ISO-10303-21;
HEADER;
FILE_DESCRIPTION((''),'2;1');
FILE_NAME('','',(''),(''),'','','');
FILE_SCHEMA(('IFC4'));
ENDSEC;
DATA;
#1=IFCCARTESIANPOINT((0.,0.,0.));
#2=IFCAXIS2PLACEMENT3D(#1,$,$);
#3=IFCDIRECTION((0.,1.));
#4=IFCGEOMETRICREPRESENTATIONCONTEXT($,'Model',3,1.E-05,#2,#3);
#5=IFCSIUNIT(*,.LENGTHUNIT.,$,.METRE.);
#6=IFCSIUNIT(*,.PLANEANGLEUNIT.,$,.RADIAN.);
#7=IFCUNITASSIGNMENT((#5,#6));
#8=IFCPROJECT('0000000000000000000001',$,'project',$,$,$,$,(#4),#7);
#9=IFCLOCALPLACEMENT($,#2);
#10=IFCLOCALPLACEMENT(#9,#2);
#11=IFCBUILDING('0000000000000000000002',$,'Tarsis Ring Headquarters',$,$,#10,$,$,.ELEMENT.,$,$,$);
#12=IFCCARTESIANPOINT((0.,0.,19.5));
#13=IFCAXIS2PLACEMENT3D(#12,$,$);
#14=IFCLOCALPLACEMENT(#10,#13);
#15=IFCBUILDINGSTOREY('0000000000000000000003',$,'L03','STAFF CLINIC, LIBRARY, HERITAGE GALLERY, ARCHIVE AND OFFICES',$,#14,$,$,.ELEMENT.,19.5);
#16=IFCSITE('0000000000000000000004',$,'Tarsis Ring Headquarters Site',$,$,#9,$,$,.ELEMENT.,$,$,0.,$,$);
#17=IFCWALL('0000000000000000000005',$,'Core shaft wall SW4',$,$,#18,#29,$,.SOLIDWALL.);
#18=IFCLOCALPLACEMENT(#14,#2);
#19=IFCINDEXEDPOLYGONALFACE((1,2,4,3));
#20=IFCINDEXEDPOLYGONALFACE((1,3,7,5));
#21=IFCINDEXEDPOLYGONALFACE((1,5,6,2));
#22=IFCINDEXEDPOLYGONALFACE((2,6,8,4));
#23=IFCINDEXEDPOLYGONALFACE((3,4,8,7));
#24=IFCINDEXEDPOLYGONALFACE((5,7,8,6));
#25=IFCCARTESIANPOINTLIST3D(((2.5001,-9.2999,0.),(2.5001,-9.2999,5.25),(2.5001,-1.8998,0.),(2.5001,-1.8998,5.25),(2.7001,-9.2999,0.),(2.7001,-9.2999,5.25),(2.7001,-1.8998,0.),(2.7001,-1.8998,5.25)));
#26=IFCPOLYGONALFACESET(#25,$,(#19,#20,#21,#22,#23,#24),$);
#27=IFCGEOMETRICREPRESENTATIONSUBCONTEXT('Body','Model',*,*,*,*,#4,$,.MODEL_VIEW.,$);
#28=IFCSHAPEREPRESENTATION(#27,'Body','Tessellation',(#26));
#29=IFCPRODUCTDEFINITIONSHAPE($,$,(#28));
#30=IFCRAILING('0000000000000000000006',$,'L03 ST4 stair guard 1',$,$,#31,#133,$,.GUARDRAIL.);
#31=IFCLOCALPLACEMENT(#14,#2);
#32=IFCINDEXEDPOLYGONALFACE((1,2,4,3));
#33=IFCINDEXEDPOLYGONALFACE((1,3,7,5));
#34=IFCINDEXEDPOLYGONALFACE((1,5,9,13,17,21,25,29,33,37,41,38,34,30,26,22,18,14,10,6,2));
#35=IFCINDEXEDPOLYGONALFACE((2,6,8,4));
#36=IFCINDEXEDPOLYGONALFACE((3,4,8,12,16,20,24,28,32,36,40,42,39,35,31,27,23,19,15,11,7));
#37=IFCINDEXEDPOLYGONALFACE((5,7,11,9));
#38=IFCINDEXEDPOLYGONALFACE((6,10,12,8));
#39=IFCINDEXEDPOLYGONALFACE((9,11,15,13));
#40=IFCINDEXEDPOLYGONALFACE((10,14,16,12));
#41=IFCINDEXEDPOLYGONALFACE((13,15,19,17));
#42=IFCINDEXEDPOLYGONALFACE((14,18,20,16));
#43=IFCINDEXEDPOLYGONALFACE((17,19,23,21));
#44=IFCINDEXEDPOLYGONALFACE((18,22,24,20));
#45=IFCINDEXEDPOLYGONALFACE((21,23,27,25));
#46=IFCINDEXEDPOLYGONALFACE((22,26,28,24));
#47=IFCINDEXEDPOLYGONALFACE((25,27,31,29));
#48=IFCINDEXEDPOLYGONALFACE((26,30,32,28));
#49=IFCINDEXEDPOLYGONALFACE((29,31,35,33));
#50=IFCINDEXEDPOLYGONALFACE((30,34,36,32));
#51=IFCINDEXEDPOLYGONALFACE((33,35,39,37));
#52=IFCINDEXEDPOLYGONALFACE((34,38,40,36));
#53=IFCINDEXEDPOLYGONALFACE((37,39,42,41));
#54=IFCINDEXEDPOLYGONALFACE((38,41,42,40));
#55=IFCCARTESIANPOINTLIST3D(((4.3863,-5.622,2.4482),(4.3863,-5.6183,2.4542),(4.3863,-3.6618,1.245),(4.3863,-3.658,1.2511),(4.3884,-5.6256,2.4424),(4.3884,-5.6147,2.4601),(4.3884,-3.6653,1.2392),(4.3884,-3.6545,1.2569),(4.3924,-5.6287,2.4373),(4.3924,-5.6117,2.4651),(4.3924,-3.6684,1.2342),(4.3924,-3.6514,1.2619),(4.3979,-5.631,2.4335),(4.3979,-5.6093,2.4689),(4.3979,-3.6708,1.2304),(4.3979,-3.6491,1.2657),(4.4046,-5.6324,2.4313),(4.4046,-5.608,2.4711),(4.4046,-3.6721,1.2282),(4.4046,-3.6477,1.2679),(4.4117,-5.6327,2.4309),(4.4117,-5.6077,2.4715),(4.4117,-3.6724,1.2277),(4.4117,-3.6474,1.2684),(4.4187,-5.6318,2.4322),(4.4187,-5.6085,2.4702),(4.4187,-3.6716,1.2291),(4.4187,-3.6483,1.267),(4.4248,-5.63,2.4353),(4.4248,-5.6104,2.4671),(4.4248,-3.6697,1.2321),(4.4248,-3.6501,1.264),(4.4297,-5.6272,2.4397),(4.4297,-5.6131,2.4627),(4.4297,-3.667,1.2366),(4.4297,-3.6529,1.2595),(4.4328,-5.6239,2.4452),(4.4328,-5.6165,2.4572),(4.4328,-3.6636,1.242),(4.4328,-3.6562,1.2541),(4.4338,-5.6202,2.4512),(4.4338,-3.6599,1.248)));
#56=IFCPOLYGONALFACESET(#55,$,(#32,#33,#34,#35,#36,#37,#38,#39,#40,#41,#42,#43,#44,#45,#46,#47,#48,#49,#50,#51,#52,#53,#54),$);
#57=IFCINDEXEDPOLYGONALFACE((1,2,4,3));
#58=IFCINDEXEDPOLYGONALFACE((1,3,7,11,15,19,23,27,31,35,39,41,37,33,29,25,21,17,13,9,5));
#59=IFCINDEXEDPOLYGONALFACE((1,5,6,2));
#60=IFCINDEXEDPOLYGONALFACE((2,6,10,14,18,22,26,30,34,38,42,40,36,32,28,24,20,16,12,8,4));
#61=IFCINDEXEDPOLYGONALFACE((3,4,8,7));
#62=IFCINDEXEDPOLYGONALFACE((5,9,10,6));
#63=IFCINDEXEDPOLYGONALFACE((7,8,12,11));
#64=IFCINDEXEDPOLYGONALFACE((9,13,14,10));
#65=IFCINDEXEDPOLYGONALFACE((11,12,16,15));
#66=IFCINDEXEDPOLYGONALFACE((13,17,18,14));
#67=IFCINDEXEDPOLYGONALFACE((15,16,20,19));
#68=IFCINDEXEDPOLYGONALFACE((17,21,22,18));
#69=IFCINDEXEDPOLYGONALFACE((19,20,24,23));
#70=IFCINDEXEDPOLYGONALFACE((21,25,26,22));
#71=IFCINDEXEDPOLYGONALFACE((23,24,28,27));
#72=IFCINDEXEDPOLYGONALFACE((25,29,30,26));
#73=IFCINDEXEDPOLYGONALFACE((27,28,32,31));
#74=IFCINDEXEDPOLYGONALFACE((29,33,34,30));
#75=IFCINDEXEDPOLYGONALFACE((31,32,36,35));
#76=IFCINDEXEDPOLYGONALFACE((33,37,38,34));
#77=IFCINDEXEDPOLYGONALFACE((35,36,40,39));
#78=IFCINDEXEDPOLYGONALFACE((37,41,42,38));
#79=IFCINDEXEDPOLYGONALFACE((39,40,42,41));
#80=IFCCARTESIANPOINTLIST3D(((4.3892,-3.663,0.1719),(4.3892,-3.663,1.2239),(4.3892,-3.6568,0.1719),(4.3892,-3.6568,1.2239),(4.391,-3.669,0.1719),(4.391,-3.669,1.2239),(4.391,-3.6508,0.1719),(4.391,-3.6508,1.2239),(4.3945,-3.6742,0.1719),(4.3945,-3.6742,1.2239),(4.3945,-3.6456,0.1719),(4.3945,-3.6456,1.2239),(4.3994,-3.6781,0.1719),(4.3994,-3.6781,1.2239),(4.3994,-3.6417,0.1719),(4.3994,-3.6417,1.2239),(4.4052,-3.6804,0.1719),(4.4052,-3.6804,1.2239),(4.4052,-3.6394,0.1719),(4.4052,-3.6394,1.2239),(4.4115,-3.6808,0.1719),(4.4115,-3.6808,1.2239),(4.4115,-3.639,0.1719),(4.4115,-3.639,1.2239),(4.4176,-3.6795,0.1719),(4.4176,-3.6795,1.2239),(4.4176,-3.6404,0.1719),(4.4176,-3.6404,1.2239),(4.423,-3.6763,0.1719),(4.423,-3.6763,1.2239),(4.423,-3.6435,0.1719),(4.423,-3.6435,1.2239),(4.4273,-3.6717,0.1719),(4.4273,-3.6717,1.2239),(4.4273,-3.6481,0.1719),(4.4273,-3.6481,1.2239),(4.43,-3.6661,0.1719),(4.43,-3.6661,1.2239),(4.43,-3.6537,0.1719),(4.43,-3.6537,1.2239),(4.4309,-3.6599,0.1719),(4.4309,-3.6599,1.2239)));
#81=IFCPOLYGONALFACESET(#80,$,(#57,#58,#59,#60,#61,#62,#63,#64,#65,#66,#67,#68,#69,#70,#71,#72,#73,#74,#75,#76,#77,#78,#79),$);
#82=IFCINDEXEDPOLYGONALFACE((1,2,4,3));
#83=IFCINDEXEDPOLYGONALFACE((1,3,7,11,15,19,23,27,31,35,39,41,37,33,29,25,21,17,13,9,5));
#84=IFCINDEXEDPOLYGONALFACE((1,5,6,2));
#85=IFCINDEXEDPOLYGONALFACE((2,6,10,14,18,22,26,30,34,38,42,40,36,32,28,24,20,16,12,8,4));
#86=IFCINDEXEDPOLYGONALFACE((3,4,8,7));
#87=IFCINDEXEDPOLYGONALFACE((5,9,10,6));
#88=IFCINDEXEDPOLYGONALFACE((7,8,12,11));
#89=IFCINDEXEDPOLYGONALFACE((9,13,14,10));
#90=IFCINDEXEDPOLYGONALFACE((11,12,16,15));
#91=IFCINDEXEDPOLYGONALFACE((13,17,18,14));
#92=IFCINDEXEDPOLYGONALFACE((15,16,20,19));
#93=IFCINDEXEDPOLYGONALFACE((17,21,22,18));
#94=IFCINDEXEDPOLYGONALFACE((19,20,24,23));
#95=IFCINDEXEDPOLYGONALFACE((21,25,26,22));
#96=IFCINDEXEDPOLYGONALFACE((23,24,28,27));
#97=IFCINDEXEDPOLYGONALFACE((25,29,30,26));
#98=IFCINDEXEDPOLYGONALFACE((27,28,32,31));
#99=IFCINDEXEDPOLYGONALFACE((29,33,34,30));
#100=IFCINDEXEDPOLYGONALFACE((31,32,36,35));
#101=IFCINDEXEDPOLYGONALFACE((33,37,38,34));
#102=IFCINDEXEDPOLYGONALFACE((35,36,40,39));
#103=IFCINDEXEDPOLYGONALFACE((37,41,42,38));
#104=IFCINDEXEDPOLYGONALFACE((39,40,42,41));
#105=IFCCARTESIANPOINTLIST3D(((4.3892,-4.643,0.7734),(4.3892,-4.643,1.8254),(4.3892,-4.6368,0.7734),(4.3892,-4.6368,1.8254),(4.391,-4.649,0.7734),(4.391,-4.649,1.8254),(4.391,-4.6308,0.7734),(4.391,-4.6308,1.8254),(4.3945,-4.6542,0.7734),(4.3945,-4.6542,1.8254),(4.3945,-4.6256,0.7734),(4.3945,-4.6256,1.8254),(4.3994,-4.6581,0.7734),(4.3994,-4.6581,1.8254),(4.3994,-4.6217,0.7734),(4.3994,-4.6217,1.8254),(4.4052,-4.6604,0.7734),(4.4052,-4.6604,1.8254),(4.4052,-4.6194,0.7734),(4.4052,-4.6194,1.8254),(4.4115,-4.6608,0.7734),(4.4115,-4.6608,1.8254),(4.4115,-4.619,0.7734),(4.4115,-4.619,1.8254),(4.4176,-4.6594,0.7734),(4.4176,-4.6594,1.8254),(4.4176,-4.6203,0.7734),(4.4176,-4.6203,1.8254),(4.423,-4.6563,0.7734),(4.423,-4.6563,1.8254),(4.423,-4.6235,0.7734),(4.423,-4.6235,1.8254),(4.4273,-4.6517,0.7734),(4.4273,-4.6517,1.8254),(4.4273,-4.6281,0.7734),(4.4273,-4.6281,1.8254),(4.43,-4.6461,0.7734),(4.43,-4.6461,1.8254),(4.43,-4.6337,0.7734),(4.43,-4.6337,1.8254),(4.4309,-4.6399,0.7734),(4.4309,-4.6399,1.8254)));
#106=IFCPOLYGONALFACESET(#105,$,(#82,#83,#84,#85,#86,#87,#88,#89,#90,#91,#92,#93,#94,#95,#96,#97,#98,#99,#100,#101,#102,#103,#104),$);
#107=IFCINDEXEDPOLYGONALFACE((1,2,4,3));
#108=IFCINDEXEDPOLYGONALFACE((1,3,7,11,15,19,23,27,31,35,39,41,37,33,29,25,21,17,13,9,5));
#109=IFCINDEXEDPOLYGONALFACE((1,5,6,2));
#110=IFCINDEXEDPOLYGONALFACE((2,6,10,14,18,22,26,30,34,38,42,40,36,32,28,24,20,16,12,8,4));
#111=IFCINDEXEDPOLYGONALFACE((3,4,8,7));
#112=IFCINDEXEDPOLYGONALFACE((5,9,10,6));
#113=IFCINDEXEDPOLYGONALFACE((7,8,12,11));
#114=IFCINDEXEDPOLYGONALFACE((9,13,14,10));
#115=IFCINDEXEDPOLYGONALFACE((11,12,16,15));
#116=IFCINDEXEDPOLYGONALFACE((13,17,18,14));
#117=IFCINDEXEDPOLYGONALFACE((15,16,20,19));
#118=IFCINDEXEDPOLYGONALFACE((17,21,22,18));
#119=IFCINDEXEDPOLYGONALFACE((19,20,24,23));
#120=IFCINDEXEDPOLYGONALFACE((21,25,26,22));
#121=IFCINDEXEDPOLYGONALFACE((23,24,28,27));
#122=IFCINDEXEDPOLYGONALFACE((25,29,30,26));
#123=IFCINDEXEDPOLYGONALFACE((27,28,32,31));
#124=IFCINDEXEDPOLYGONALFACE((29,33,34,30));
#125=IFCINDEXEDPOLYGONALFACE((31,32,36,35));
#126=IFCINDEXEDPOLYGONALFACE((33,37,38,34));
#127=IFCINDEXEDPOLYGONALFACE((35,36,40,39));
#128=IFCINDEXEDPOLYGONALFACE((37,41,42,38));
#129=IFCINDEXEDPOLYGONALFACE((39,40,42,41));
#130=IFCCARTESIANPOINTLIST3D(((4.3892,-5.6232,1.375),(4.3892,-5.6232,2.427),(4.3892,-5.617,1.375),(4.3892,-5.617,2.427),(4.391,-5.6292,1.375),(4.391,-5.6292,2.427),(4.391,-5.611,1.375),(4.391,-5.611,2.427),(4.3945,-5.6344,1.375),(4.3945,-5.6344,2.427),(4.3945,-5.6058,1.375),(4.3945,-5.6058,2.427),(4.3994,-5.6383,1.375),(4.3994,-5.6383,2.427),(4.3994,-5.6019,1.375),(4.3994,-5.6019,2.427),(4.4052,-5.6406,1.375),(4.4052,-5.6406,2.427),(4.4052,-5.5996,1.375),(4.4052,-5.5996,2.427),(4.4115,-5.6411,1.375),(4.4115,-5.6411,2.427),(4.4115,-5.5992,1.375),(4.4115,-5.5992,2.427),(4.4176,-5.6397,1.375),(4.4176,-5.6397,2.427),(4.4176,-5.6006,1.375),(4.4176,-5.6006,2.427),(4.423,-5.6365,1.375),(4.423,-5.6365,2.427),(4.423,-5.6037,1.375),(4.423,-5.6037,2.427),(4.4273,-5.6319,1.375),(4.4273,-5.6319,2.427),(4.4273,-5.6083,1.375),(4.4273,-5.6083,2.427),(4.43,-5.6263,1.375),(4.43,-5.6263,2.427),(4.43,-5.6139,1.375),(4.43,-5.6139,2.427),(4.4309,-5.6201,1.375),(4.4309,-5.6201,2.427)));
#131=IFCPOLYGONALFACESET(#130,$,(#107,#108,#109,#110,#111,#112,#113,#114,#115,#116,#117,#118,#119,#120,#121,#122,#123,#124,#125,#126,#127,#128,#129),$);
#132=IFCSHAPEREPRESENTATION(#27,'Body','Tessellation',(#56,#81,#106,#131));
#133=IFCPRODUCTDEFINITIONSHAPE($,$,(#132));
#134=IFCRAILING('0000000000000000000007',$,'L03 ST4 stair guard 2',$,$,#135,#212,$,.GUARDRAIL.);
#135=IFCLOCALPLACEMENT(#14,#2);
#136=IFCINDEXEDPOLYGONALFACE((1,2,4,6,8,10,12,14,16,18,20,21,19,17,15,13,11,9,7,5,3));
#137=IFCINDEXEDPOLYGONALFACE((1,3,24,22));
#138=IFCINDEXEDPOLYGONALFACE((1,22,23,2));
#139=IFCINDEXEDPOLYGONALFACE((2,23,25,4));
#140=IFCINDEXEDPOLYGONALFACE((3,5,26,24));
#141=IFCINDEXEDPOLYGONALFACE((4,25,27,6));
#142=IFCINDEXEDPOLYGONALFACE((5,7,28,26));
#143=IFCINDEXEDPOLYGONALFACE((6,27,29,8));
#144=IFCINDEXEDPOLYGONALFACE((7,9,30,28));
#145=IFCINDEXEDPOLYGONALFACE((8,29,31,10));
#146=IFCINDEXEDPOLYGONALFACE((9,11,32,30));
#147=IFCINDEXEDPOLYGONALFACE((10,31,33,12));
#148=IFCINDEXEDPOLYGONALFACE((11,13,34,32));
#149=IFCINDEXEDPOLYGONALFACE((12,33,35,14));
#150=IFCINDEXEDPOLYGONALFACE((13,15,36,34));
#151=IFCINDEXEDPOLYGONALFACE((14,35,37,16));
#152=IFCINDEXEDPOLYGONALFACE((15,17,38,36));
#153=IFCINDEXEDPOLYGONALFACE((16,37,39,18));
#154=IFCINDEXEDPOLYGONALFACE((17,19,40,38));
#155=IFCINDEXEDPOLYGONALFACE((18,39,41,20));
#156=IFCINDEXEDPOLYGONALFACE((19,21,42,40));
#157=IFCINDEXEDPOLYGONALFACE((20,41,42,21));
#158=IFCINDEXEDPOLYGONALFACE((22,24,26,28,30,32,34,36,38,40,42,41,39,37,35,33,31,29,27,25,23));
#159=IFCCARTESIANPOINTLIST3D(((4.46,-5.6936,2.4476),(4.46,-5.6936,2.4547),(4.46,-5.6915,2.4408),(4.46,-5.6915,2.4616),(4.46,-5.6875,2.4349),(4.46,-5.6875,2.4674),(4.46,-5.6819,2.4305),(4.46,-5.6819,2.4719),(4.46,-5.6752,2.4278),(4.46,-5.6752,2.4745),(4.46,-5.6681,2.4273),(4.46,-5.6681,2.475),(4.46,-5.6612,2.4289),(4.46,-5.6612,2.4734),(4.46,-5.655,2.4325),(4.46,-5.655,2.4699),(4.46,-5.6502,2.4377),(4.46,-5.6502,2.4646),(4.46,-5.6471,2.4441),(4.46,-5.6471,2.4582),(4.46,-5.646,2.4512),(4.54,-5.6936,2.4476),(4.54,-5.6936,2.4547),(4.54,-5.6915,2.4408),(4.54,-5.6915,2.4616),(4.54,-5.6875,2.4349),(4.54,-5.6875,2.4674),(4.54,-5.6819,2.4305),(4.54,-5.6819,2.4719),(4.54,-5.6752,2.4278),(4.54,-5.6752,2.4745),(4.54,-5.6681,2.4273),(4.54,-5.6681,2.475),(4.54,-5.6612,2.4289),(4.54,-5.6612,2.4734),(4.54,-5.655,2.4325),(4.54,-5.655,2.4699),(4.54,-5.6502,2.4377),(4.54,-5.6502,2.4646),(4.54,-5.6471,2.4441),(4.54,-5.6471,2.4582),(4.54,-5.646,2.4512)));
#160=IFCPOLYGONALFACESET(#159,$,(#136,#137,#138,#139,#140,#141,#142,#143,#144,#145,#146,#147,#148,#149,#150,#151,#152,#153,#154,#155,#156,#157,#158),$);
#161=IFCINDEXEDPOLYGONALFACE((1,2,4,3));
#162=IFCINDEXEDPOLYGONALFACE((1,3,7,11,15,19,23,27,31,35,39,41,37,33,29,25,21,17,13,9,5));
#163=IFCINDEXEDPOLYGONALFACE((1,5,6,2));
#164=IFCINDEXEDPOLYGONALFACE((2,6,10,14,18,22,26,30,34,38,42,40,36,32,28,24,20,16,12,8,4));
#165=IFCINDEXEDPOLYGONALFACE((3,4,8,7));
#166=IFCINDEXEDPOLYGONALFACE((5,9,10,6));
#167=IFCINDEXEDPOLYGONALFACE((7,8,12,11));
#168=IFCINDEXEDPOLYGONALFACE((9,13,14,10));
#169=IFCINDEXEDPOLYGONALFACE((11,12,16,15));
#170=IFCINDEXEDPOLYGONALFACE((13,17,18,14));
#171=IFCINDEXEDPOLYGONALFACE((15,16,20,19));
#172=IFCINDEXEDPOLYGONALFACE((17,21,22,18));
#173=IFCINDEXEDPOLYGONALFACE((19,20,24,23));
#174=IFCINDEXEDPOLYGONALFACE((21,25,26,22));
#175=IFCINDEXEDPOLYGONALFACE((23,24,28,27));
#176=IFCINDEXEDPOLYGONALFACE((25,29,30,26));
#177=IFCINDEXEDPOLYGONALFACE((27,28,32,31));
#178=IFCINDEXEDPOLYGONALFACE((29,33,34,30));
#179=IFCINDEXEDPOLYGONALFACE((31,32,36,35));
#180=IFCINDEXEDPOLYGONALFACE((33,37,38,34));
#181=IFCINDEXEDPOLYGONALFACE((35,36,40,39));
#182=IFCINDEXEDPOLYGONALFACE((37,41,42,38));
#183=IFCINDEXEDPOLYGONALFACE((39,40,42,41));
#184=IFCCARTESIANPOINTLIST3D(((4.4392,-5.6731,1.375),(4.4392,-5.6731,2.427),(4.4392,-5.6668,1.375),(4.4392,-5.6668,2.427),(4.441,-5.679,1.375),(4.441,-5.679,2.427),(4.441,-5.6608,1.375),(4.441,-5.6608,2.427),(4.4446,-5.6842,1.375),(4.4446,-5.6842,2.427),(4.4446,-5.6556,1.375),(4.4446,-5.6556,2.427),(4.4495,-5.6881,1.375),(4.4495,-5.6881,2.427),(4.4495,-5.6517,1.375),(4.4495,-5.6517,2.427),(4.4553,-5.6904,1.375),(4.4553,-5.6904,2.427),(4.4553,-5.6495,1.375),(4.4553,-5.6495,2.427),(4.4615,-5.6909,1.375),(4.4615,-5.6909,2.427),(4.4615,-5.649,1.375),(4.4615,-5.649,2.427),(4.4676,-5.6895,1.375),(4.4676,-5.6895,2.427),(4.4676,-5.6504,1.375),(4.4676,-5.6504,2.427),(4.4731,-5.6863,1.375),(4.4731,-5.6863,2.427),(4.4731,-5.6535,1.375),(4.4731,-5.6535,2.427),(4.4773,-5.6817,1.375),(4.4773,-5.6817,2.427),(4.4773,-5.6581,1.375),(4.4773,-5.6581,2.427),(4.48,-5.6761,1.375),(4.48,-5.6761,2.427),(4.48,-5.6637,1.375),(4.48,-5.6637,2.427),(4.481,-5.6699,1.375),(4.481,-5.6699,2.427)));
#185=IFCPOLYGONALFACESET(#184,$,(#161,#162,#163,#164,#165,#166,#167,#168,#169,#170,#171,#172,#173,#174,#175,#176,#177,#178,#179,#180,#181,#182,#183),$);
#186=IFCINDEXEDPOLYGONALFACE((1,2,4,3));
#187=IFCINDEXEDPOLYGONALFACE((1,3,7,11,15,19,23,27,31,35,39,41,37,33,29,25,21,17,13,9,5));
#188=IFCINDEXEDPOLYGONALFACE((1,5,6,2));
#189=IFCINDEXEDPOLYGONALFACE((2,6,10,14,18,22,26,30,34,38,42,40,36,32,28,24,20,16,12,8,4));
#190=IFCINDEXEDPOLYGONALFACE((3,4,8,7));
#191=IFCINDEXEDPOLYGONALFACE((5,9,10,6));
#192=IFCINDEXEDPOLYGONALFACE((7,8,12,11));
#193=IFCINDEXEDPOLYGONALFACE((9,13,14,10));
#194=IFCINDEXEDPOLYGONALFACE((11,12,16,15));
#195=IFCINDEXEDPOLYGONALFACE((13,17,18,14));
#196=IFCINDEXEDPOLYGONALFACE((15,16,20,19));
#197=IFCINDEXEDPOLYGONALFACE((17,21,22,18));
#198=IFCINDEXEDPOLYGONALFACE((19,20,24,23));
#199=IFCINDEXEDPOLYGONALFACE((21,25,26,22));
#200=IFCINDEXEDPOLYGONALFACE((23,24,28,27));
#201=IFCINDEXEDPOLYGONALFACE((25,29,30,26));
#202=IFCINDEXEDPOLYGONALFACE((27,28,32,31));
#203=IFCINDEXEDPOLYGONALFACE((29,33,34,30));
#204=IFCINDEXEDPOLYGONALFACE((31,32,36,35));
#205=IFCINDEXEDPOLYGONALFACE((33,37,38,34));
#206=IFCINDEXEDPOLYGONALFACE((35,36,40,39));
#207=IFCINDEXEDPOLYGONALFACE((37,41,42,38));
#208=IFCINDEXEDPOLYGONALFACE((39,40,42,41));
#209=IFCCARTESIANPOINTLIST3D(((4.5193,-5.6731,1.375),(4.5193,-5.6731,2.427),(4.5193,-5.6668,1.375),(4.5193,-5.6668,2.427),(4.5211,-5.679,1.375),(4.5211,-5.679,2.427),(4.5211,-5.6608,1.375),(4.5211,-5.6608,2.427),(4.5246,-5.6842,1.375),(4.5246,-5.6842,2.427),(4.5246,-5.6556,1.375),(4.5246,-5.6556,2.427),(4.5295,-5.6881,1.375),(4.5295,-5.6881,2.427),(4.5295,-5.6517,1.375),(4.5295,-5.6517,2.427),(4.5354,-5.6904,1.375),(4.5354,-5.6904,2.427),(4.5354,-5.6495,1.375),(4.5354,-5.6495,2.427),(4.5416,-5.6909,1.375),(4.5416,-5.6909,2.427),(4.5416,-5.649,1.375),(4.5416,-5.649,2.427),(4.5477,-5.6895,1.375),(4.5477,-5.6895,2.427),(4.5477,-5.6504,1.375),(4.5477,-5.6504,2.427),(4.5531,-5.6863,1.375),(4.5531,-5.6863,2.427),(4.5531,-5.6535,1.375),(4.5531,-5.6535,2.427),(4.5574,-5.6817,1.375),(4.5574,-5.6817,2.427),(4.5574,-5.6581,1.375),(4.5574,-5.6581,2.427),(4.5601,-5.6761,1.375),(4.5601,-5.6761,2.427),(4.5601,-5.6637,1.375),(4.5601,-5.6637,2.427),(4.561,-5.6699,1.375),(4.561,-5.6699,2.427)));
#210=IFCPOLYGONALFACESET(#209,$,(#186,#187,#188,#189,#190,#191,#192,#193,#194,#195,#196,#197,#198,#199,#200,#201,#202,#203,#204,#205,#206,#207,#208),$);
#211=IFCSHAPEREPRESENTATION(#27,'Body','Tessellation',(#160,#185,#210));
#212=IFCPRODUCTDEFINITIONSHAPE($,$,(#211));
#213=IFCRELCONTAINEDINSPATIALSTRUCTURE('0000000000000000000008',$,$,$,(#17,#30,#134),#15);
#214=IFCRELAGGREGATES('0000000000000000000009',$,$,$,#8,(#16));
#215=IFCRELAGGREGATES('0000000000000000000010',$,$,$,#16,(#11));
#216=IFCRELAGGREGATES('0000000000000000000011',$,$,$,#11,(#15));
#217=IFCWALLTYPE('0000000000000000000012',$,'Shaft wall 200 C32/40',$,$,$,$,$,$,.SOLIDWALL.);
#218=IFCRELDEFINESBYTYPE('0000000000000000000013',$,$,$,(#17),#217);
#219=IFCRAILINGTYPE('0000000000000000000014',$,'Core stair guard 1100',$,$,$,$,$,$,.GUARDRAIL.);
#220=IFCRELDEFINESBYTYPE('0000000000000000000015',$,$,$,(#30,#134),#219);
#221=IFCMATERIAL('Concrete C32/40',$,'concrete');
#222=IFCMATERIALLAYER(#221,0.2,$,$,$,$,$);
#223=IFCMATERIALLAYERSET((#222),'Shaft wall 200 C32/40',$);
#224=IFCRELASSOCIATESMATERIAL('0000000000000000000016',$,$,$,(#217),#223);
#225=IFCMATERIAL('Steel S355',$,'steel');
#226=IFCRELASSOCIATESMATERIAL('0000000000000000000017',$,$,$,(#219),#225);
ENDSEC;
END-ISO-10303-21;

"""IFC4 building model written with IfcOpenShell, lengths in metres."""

from ifc_helpers import new_model, si_unit, direction, frame, frame_2d, origin, origin_2d, place, context, subcontext, project, spatial, rectangle, circle, extrude, material, layer, layer_set, type_object, element, save


model = new_model("IFC4")

# Units and contexts
model_context = context("Model", 3, precision=1e-05, world=origin(), true_north=direction((0.0, 1.0)))
body_context = subcontext(model_context, "Body", "Model", "MODEL_VIEW")
ifc_project = project(units=[si_unit("LENGTHUNIT", "METRE"), si_unit("PLANEANGLEUNIT", "RADIAN")], contexts=[model_context])

# Site, building, storey
site_placement = place(None, origin())
site = spatial("IfcSite", under=ifc_project, at=site_placement, Name="Tarsis Ring Headquarters Site", CompositionType="ELEMENT", RefElevation=0.0)
building_placement = place(site_placement, origin())
building = spatial("IfcBuilding", under=site, at=building_placement, Name="Tarsis Ring Headquarters", CompositionType="ELEMENT")
storey_placement = place(building_placement, frame((0.0, 0.0, 19.5)))
storey = spatial("IfcBuildingStorey", under=building, at=storey_placement, Name="L03", Description="STAFF CLINIC, LIBRARY, HERITAGE GALLERY, ARCHIVE AND OFFICES", CompositionType="ELEMENT", Elevation=19.5)

# Wall
ifc_material_1 = material(Name="Concrete C32/40", Category="concrete")
ifc_layer_1 = layer(ifc_material_1, 0.2)
ifc_layer_set_1 = layer_set([ifc_layer_1], Name="Shaft wall 200 C32/40")
wall_type_1 = type_object("IfcWallType", Name="Shaft wall 200 C32/40", PredefinedType="SOLIDWALL", material=ifc_layer_set_1)
wall_1_placement = place(storey_placement, frame((2.6001, -9.3, 0.0), z_axis=(0.0, 0.0, 1.0), x_axis=(0.0, 1.0, 0.0)))
element("IfcWall", 1, at=wall_1_placement, inside=storey, type_object=wall_type_1, Name="Core shaft wall SW4", PredefinedType="SOLIDWALL", context=body_context, shape_type="SweptSolid", body=[
    extrude(rectangle(XDim=7.4001, YDim=0.2, at=frame_2d((3.7002, 0.0))), origin(), (0.0, 0.0, 1.0), 5.25),
])

# Railings
ifc_material_2 = material(Name="Steel S355", Category="steel")
railing_type_1 = type_object("IfcRailingType", Name="Core stair guard 1100", PredefinedType="GUARDRAIL", material=ifc_material_2)
railing_1_placement = place(storey_placement, frame((4.4099, -3.6599, 0.1719)))
element("IfcRailing", 2, at=railing_1_placement, inside=storey, type_object=railing_type_1, Name="L03 ST4 stair guard 1", PredefinedType="GUARDRAIL", context=body_context, shape_type="SweptSolid", body=[
    extrude(circle(Radius=0.0239, at=origin_2d()), frame((0.0, 0.0, 1.0762), z_axis=(0.0, -0.85227, 0.523102), x_axis=(1.0, 0.0, 0.0)), (0.0, 0.0, 1.0), 2.3),
    extrude(circle(Radius=0.021, at=origin_2d()), origin(), (0.0, 0.0, 1.0), 1.052),
    extrude(circle(Radius=0.021, at=origin_2d()), frame((0.0, -0.98, 0.6016)), (0.0, 0.0, 1.0), 1.052),
    extrude(circle(Radius=0.021, at=origin_2d()), frame((0.0, -1.9602, 1.2031)), (0.0, 0.0, 1.0), 1.052),
])
railing_2_placement = place(storey_placement, frame((4.46, -5.6699, 1.375)))
element("IfcRailing", 3, at=railing_2_placement, inside=storey, type_object=railing_type_1, Name="L03 ST4 stair guard 2", PredefinedType="GUARDRAIL", context=body_context, shape_type="SweptSolid", body=[
    extrude(circle(Radius=0.0239, at=origin_2d()), frame((0.0, 0.0, 1.0762), z_axis=(1.0, 0.0, 0.0), x_axis=(0.0, 1.0, 0.0)), (0.0, 0.0, 1.0), 0.0801),
    extrude(circle(Radius=0.021, at=origin_2d()), origin(), (0.0, 0.0, 1.0), 1.052),
    extrude(circle(Radius=0.021, at=origin_2d()), frame((0.0801, 0.0, 0.0)), (0.0, 0.0, 1.0), 1.052),
])

save(model, "model.ifc")
